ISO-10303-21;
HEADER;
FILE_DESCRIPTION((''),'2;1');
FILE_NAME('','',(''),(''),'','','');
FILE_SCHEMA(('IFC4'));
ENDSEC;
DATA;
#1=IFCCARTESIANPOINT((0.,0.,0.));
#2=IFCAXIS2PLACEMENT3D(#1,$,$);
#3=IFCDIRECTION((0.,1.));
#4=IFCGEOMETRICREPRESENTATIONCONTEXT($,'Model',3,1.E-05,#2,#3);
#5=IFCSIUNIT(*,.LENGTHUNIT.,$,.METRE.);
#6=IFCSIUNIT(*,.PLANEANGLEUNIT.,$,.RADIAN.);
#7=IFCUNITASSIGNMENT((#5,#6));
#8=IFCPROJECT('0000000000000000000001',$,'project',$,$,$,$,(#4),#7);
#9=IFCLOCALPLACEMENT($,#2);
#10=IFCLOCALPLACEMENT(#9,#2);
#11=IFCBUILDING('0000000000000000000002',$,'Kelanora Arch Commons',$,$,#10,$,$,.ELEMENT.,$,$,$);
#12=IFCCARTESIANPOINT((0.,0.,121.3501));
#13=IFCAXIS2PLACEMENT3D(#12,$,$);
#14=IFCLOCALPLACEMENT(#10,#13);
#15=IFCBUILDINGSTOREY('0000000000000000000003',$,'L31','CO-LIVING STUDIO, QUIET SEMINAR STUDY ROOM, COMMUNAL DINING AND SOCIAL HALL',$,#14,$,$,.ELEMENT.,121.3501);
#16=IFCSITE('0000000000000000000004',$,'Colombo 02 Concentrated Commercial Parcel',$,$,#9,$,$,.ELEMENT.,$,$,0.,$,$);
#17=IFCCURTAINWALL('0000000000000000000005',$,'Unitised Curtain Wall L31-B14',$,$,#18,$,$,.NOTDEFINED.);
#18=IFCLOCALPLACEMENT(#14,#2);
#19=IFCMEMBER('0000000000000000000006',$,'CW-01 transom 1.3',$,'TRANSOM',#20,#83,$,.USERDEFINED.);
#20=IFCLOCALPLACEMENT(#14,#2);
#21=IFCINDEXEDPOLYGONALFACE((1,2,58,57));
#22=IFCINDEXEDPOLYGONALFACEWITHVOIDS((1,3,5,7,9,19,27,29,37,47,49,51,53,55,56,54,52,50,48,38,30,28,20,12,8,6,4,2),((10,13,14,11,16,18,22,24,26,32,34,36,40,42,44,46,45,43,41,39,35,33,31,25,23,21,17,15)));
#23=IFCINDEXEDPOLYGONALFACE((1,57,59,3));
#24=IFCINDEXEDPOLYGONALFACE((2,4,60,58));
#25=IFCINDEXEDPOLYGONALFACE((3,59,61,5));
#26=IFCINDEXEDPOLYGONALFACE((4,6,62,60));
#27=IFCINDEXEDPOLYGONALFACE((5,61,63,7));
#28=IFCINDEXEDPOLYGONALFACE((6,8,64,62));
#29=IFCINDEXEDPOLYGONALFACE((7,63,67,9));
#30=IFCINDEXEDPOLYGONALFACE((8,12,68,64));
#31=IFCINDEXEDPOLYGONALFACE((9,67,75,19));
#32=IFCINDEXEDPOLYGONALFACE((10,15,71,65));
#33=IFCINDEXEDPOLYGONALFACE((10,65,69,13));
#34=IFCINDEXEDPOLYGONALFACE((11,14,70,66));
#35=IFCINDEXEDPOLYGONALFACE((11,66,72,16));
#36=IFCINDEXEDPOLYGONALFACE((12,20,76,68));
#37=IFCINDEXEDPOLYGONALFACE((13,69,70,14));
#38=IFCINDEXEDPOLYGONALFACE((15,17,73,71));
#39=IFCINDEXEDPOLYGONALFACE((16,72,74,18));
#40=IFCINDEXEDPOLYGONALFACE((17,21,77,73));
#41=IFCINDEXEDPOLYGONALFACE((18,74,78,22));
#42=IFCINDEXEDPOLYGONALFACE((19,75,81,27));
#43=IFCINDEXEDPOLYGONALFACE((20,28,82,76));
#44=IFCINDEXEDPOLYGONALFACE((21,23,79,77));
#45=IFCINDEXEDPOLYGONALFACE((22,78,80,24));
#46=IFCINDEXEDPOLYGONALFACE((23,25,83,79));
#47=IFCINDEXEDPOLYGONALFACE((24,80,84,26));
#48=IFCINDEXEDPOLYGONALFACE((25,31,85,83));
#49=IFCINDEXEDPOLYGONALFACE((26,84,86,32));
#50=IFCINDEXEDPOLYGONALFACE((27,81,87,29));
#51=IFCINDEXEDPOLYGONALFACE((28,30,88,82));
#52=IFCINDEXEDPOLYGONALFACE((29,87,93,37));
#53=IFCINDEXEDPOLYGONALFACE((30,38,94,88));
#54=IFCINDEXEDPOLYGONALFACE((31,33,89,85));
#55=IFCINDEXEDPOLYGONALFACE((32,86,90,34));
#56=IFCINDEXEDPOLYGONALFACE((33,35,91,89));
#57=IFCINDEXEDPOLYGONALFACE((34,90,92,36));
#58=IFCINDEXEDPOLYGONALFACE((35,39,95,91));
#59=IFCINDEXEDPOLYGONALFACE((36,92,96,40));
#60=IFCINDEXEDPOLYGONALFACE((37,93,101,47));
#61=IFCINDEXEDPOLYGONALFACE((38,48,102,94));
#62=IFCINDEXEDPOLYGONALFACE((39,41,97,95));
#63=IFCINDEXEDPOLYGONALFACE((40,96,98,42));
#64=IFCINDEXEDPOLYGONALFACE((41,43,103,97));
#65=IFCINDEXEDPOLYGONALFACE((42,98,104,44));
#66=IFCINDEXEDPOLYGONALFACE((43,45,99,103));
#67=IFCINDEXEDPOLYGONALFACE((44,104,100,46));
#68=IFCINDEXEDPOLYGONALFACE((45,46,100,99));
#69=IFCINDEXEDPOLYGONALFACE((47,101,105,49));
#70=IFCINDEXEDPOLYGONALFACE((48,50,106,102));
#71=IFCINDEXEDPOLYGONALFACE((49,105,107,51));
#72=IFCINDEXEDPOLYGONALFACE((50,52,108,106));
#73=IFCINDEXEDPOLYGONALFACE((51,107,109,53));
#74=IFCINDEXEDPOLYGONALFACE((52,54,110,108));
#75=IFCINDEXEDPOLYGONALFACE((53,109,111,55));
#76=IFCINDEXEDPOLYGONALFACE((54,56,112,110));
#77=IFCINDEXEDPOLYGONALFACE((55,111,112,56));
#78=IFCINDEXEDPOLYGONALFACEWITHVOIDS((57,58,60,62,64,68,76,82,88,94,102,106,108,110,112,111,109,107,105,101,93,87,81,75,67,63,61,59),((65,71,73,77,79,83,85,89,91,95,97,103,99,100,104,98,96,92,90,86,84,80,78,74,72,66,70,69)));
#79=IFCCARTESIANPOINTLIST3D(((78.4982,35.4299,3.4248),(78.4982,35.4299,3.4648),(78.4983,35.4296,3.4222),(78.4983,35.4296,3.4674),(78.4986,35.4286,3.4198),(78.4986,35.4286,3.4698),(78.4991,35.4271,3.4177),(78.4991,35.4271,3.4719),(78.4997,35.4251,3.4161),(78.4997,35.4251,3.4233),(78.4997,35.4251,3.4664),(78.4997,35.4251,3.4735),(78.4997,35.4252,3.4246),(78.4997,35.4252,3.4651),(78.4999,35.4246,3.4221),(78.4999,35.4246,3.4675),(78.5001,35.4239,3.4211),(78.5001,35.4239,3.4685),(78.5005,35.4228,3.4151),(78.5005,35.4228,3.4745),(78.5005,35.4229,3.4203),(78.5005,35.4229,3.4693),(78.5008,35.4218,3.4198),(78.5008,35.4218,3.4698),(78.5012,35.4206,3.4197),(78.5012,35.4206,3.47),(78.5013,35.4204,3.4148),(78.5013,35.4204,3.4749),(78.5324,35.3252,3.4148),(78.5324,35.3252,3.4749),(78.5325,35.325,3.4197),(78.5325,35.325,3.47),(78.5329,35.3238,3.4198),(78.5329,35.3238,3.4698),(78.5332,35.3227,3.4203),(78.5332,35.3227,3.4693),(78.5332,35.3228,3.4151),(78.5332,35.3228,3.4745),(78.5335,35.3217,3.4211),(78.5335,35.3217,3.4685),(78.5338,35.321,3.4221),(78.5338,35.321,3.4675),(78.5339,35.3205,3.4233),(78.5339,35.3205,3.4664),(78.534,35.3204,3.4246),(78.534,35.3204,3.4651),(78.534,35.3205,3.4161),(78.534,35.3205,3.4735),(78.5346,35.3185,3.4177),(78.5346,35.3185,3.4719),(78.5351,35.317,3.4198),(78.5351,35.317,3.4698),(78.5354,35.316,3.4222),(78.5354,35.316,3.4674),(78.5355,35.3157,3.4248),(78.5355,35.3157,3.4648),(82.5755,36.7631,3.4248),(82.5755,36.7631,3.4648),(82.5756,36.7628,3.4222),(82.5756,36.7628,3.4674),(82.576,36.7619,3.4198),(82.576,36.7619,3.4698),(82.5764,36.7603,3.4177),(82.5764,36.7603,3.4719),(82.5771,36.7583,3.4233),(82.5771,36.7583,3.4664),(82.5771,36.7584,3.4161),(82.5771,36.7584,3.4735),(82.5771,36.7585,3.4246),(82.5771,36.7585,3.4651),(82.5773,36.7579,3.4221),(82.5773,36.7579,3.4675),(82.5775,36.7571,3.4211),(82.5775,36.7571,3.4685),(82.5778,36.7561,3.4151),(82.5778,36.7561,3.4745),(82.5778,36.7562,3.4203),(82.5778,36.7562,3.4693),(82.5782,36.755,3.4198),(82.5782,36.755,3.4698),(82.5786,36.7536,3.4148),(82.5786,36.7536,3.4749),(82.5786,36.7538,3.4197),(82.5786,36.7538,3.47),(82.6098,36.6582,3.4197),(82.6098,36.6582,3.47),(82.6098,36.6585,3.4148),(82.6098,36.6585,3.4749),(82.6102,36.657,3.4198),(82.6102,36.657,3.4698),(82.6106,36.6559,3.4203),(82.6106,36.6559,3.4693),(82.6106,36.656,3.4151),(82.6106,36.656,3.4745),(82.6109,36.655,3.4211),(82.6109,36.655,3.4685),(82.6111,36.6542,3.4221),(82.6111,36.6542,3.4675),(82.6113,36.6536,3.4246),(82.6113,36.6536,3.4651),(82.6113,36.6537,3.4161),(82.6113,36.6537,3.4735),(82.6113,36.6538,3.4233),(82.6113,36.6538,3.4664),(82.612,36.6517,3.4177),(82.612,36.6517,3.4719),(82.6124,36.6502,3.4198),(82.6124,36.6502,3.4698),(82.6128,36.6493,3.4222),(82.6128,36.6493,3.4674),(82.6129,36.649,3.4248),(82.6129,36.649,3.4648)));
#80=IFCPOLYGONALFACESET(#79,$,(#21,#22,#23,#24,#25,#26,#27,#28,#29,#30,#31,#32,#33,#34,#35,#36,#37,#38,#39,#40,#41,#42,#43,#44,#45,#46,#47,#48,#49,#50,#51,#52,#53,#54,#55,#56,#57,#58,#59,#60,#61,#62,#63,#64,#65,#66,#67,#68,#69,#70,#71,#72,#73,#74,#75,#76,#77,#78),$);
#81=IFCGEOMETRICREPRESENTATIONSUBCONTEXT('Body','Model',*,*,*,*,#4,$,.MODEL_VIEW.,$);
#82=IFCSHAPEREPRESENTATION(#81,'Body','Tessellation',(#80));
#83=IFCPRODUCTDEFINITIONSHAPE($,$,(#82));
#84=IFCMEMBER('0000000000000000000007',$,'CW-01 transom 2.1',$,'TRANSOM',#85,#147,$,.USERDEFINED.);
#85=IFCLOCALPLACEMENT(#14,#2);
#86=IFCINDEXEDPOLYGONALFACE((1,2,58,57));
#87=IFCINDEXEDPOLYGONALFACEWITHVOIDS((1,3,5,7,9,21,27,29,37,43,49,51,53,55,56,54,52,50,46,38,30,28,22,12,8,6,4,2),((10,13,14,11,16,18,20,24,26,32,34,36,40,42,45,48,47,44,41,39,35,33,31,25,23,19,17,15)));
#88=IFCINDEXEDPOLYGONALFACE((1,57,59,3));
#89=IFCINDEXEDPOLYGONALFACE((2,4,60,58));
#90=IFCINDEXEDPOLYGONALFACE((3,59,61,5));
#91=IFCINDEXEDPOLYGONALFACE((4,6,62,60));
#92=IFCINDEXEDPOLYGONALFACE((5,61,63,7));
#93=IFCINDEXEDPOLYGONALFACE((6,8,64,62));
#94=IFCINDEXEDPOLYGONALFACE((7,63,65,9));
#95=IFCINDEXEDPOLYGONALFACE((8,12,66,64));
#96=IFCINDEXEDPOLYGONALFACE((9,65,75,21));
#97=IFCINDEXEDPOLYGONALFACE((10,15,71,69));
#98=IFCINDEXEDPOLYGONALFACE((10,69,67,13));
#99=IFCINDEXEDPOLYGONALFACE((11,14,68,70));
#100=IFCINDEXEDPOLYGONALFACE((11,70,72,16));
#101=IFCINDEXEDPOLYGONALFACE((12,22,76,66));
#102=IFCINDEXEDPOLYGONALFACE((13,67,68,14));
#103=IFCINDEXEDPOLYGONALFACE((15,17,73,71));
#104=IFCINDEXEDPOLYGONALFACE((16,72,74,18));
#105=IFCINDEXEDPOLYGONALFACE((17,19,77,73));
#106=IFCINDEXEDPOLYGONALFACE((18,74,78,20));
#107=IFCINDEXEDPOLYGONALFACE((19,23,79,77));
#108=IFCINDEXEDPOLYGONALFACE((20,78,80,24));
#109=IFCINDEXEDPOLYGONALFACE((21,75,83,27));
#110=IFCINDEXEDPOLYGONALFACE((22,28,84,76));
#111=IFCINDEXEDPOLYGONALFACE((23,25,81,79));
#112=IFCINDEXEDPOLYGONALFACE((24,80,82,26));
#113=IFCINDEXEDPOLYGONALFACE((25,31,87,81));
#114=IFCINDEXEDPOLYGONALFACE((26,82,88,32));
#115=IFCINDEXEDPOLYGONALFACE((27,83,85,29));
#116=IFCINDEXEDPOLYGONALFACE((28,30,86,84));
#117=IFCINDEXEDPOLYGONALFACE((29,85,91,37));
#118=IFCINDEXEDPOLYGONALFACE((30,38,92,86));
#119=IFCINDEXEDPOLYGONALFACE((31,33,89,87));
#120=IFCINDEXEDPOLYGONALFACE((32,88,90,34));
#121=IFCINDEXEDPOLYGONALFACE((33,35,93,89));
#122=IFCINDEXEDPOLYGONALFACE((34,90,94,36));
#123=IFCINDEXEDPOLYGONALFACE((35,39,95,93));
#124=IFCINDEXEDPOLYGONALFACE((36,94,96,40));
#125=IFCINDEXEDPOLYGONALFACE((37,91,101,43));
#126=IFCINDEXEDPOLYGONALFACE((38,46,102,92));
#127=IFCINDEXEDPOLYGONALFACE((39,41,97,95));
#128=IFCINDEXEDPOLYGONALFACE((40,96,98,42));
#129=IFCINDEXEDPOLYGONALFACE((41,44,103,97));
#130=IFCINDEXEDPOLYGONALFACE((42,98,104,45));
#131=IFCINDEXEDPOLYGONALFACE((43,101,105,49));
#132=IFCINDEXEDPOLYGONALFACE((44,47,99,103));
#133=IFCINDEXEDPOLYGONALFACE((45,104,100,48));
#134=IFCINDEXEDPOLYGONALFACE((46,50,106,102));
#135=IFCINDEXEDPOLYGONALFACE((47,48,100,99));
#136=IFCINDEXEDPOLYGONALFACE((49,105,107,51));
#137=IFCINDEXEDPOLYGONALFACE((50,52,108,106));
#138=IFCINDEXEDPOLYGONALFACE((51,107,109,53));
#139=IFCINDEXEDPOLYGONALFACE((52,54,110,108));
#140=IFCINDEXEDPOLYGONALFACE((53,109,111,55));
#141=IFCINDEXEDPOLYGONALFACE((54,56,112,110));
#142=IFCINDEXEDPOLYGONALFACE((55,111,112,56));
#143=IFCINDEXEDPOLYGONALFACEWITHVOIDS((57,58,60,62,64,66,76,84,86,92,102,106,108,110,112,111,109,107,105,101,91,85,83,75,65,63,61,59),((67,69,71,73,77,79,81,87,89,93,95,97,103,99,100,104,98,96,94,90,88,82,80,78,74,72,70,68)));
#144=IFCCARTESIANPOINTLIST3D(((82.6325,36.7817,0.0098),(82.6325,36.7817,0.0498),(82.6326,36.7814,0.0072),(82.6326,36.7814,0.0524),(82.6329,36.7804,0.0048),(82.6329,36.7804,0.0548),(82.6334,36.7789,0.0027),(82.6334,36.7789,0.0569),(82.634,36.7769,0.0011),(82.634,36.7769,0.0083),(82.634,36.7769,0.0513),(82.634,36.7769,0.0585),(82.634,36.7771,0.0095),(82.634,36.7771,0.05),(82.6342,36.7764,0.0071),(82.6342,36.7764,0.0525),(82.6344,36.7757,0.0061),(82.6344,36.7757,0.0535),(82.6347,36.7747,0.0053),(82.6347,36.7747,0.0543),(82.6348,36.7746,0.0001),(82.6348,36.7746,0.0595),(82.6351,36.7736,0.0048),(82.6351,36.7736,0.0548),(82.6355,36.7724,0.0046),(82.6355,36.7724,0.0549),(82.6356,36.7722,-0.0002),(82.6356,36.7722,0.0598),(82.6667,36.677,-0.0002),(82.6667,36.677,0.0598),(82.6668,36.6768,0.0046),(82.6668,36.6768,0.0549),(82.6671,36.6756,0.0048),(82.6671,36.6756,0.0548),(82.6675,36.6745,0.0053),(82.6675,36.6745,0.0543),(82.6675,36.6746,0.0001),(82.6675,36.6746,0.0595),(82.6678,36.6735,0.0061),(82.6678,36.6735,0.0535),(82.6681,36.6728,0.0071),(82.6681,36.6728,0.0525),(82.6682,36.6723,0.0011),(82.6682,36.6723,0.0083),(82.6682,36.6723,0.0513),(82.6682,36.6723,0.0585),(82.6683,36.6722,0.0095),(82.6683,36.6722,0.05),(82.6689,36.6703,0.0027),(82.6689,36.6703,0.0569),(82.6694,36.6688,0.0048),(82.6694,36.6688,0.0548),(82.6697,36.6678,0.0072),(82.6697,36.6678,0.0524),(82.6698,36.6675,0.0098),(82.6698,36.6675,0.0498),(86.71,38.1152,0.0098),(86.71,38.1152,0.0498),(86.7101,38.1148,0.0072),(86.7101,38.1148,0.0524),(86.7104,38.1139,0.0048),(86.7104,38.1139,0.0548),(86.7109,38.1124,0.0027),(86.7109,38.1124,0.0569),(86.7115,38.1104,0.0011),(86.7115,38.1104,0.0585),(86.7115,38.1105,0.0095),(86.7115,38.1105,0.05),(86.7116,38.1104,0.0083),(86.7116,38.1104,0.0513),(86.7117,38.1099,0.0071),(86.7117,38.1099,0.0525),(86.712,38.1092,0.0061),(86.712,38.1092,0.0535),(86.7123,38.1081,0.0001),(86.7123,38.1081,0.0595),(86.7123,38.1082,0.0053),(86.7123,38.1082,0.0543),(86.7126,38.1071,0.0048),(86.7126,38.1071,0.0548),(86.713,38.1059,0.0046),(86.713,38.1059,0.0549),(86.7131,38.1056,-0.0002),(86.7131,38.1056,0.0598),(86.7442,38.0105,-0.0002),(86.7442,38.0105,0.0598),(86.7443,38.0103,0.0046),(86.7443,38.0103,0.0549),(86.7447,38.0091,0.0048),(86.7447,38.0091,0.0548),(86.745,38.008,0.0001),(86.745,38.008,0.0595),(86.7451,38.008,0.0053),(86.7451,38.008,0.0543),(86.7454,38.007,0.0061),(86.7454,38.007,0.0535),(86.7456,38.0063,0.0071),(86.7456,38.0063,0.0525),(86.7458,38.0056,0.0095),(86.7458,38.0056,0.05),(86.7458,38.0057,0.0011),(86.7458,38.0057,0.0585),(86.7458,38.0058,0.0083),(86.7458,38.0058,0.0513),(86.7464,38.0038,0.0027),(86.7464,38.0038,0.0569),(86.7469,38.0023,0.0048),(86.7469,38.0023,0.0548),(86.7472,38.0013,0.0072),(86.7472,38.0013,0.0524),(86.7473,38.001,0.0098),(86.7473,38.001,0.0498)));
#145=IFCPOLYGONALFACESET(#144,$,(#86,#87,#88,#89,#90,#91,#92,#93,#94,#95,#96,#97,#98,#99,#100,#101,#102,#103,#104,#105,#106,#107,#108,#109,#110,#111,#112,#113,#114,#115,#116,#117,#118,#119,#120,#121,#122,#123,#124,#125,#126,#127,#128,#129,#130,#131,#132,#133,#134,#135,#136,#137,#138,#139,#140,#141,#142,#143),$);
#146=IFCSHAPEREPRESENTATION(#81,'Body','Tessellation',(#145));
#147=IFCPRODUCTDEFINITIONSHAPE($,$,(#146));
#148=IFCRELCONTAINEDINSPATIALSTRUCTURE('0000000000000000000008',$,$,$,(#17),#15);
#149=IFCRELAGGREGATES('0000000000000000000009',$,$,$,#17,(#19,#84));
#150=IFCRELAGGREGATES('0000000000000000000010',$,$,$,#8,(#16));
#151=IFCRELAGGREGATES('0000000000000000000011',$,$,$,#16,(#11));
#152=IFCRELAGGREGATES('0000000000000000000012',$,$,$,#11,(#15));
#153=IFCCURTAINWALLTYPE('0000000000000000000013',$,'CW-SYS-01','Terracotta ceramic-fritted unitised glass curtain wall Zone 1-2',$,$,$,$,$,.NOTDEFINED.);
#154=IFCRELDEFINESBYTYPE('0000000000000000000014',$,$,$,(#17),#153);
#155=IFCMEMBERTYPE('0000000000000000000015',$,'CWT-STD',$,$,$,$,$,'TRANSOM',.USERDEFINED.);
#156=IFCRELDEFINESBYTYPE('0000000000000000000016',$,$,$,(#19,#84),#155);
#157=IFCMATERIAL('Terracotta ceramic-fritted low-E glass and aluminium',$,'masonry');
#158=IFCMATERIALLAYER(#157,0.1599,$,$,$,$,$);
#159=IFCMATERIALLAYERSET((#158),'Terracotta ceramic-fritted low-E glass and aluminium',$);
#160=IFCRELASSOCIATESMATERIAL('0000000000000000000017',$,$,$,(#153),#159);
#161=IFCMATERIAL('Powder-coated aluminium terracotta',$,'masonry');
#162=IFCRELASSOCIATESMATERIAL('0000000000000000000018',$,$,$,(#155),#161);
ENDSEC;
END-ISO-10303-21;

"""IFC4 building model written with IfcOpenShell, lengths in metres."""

from ifc_helpers import new_model, si_unit, direction, frame, origin, origin_2d, place, context, subcontext, project, spatial, hollow_rectangle, extrude, material, layer, layer_set, material_profile, profile_set, type_object, element, aggregate, save


model = new_model("IFC4")

# Units and contexts
model_context = context("Model", 3, precision=1e-05, world=origin(), true_north=direction((0.0, 1.0)))
body_context = subcontext(model_context, "Body", "Model", "MODEL_VIEW")
ifc_project = project(units=[si_unit("LENGTHUNIT", "METRE"), si_unit("PLANEANGLEUNIT", "RADIAN")], contexts=[model_context])

# Site, building, storey
site_placement = place(None, origin())
site = spatial("IfcSite", under=ifc_project, at=site_placement, Name="Colombo 02 Concentrated Commercial Parcel", CompositionType="ELEMENT", RefElevation=0.0)
building_placement = place(site_placement, origin())
building = spatial("IfcBuilding", under=site, at=building_placement, Name="Kelanora Arch Commons", CompositionType="ELEMENT")
storey_placement = place(building_placement, frame((0.0, 0.0, 121.3501)))
storey = spatial("IfcBuildingStorey", under=building, at=storey_placement, Name="L31", Description="CO-LIVING STUDIO, QUIET SEMINAR STUDY ROOM, COMMUNAL DINING AND SOCIAL HALL", CompositionType="ELEMENT", Elevation=121.3501)

# Curtain wall, members
ifc_material_1 = material(Name="Terracotta ceramic-fritted low-E glass and aluminium", Category="masonry")
ifc_layer_1 = layer(ifc_material_1, 0.1599)
ifc_layer_set_1 = layer_set([ifc_layer_1], Name="Terracotta ceramic-fritted low-E glass and aluminium")
curtain_wall_type = type_object("IfcCurtainWallType", Name="CW-SYS-01", Description="Terracotta ceramic-fritted unitised glass curtain wall Zone 1-2", PredefinedType="NOTDEFINED", material=ifc_layer_set_1)
curtain_wall_placement = place(storey_placement, origin())
curtain_wall = element("IfcCurtainWall", 1, at=curtain_wall_placement, inside=storey, type_object=curtain_wall_type, Name="Unitised Curtain Wall L31-B14", PredefinedType="NOTDEFINED")
ifc_material_2 = material(Name="Powder-coated aluminium terracotta", Category="masonry")
ifc_material_profile_1 = material_profile(ifc_material_2, hollow_rectangle(XDim=0.1201, YDim=0.0601, WallThickness=0.0049, InnerFilletRadius=0.0049, OuterFilletRadius=0.01, at=origin_2d()), Name="CWT120x60")
ifc_profile_set_1 = profile_set([ifc_material_profile_1], Name="Powder-coated aluminium terracotta")
member_type_1 = type_object("IfcMemberType", Name="CWT-STD", ElementType="TRANSOM", PredefinedType="USERDEFINED", material=ifc_profile_set_1)
member_1_placement = place(storey_placement, frame((78.5168, 35.3728, 3.4448), z_axis=(0.950478, 0.310793, 0.0), x_axis=(-0.310793, 0.950478, 0.0)))
member_1 = element("IfcMember", 2, at=member_1_placement, type_object=member_type_1, Name="CW-01 transom 1.3", ObjectType="TRANSOM", PredefinedType="USERDEFINED", context=body_context, shape_type="SweptSolid", body=[
    extrude(hollow_rectangle(XDim=0.1201, YDim=0.0601, WallThickness=0.0049, InnerFilletRadius=0.0049, OuterFilletRadius=0.01, at=origin_2d()), origin(), (0.0, 0.0, 1.0), 4.2898),
])
member_2_placement = place(storey_placement, frame((82.6511, 36.7246, 0.0298), z_axis=(0.950466, 0.310828, 0.0), x_axis=(-0.310828, 0.950466, 0.0)))
member_2 = element("IfcMember", 3, at=member_2_placement, type_object=member_type_1, Name="CW-01 transom 2.1", ObjectType="TRANSOM", PredefinedType="USERDEFINED", context=body_context, shape_type="SweptSolid", body=[
    extrude(hollow_rectangle(XDim=0.1201, YDim=0.0601, WallThickness=0.0049, InnerFilletRadius=0.0049, OuterFilletRadius=0.01, at=origin_2d()), origin(), (0.0, 0.0, 1.0), 4.29),
])
aggregate(curtain_wall, [member_1, member_2])

save(model, "model.ifc")
